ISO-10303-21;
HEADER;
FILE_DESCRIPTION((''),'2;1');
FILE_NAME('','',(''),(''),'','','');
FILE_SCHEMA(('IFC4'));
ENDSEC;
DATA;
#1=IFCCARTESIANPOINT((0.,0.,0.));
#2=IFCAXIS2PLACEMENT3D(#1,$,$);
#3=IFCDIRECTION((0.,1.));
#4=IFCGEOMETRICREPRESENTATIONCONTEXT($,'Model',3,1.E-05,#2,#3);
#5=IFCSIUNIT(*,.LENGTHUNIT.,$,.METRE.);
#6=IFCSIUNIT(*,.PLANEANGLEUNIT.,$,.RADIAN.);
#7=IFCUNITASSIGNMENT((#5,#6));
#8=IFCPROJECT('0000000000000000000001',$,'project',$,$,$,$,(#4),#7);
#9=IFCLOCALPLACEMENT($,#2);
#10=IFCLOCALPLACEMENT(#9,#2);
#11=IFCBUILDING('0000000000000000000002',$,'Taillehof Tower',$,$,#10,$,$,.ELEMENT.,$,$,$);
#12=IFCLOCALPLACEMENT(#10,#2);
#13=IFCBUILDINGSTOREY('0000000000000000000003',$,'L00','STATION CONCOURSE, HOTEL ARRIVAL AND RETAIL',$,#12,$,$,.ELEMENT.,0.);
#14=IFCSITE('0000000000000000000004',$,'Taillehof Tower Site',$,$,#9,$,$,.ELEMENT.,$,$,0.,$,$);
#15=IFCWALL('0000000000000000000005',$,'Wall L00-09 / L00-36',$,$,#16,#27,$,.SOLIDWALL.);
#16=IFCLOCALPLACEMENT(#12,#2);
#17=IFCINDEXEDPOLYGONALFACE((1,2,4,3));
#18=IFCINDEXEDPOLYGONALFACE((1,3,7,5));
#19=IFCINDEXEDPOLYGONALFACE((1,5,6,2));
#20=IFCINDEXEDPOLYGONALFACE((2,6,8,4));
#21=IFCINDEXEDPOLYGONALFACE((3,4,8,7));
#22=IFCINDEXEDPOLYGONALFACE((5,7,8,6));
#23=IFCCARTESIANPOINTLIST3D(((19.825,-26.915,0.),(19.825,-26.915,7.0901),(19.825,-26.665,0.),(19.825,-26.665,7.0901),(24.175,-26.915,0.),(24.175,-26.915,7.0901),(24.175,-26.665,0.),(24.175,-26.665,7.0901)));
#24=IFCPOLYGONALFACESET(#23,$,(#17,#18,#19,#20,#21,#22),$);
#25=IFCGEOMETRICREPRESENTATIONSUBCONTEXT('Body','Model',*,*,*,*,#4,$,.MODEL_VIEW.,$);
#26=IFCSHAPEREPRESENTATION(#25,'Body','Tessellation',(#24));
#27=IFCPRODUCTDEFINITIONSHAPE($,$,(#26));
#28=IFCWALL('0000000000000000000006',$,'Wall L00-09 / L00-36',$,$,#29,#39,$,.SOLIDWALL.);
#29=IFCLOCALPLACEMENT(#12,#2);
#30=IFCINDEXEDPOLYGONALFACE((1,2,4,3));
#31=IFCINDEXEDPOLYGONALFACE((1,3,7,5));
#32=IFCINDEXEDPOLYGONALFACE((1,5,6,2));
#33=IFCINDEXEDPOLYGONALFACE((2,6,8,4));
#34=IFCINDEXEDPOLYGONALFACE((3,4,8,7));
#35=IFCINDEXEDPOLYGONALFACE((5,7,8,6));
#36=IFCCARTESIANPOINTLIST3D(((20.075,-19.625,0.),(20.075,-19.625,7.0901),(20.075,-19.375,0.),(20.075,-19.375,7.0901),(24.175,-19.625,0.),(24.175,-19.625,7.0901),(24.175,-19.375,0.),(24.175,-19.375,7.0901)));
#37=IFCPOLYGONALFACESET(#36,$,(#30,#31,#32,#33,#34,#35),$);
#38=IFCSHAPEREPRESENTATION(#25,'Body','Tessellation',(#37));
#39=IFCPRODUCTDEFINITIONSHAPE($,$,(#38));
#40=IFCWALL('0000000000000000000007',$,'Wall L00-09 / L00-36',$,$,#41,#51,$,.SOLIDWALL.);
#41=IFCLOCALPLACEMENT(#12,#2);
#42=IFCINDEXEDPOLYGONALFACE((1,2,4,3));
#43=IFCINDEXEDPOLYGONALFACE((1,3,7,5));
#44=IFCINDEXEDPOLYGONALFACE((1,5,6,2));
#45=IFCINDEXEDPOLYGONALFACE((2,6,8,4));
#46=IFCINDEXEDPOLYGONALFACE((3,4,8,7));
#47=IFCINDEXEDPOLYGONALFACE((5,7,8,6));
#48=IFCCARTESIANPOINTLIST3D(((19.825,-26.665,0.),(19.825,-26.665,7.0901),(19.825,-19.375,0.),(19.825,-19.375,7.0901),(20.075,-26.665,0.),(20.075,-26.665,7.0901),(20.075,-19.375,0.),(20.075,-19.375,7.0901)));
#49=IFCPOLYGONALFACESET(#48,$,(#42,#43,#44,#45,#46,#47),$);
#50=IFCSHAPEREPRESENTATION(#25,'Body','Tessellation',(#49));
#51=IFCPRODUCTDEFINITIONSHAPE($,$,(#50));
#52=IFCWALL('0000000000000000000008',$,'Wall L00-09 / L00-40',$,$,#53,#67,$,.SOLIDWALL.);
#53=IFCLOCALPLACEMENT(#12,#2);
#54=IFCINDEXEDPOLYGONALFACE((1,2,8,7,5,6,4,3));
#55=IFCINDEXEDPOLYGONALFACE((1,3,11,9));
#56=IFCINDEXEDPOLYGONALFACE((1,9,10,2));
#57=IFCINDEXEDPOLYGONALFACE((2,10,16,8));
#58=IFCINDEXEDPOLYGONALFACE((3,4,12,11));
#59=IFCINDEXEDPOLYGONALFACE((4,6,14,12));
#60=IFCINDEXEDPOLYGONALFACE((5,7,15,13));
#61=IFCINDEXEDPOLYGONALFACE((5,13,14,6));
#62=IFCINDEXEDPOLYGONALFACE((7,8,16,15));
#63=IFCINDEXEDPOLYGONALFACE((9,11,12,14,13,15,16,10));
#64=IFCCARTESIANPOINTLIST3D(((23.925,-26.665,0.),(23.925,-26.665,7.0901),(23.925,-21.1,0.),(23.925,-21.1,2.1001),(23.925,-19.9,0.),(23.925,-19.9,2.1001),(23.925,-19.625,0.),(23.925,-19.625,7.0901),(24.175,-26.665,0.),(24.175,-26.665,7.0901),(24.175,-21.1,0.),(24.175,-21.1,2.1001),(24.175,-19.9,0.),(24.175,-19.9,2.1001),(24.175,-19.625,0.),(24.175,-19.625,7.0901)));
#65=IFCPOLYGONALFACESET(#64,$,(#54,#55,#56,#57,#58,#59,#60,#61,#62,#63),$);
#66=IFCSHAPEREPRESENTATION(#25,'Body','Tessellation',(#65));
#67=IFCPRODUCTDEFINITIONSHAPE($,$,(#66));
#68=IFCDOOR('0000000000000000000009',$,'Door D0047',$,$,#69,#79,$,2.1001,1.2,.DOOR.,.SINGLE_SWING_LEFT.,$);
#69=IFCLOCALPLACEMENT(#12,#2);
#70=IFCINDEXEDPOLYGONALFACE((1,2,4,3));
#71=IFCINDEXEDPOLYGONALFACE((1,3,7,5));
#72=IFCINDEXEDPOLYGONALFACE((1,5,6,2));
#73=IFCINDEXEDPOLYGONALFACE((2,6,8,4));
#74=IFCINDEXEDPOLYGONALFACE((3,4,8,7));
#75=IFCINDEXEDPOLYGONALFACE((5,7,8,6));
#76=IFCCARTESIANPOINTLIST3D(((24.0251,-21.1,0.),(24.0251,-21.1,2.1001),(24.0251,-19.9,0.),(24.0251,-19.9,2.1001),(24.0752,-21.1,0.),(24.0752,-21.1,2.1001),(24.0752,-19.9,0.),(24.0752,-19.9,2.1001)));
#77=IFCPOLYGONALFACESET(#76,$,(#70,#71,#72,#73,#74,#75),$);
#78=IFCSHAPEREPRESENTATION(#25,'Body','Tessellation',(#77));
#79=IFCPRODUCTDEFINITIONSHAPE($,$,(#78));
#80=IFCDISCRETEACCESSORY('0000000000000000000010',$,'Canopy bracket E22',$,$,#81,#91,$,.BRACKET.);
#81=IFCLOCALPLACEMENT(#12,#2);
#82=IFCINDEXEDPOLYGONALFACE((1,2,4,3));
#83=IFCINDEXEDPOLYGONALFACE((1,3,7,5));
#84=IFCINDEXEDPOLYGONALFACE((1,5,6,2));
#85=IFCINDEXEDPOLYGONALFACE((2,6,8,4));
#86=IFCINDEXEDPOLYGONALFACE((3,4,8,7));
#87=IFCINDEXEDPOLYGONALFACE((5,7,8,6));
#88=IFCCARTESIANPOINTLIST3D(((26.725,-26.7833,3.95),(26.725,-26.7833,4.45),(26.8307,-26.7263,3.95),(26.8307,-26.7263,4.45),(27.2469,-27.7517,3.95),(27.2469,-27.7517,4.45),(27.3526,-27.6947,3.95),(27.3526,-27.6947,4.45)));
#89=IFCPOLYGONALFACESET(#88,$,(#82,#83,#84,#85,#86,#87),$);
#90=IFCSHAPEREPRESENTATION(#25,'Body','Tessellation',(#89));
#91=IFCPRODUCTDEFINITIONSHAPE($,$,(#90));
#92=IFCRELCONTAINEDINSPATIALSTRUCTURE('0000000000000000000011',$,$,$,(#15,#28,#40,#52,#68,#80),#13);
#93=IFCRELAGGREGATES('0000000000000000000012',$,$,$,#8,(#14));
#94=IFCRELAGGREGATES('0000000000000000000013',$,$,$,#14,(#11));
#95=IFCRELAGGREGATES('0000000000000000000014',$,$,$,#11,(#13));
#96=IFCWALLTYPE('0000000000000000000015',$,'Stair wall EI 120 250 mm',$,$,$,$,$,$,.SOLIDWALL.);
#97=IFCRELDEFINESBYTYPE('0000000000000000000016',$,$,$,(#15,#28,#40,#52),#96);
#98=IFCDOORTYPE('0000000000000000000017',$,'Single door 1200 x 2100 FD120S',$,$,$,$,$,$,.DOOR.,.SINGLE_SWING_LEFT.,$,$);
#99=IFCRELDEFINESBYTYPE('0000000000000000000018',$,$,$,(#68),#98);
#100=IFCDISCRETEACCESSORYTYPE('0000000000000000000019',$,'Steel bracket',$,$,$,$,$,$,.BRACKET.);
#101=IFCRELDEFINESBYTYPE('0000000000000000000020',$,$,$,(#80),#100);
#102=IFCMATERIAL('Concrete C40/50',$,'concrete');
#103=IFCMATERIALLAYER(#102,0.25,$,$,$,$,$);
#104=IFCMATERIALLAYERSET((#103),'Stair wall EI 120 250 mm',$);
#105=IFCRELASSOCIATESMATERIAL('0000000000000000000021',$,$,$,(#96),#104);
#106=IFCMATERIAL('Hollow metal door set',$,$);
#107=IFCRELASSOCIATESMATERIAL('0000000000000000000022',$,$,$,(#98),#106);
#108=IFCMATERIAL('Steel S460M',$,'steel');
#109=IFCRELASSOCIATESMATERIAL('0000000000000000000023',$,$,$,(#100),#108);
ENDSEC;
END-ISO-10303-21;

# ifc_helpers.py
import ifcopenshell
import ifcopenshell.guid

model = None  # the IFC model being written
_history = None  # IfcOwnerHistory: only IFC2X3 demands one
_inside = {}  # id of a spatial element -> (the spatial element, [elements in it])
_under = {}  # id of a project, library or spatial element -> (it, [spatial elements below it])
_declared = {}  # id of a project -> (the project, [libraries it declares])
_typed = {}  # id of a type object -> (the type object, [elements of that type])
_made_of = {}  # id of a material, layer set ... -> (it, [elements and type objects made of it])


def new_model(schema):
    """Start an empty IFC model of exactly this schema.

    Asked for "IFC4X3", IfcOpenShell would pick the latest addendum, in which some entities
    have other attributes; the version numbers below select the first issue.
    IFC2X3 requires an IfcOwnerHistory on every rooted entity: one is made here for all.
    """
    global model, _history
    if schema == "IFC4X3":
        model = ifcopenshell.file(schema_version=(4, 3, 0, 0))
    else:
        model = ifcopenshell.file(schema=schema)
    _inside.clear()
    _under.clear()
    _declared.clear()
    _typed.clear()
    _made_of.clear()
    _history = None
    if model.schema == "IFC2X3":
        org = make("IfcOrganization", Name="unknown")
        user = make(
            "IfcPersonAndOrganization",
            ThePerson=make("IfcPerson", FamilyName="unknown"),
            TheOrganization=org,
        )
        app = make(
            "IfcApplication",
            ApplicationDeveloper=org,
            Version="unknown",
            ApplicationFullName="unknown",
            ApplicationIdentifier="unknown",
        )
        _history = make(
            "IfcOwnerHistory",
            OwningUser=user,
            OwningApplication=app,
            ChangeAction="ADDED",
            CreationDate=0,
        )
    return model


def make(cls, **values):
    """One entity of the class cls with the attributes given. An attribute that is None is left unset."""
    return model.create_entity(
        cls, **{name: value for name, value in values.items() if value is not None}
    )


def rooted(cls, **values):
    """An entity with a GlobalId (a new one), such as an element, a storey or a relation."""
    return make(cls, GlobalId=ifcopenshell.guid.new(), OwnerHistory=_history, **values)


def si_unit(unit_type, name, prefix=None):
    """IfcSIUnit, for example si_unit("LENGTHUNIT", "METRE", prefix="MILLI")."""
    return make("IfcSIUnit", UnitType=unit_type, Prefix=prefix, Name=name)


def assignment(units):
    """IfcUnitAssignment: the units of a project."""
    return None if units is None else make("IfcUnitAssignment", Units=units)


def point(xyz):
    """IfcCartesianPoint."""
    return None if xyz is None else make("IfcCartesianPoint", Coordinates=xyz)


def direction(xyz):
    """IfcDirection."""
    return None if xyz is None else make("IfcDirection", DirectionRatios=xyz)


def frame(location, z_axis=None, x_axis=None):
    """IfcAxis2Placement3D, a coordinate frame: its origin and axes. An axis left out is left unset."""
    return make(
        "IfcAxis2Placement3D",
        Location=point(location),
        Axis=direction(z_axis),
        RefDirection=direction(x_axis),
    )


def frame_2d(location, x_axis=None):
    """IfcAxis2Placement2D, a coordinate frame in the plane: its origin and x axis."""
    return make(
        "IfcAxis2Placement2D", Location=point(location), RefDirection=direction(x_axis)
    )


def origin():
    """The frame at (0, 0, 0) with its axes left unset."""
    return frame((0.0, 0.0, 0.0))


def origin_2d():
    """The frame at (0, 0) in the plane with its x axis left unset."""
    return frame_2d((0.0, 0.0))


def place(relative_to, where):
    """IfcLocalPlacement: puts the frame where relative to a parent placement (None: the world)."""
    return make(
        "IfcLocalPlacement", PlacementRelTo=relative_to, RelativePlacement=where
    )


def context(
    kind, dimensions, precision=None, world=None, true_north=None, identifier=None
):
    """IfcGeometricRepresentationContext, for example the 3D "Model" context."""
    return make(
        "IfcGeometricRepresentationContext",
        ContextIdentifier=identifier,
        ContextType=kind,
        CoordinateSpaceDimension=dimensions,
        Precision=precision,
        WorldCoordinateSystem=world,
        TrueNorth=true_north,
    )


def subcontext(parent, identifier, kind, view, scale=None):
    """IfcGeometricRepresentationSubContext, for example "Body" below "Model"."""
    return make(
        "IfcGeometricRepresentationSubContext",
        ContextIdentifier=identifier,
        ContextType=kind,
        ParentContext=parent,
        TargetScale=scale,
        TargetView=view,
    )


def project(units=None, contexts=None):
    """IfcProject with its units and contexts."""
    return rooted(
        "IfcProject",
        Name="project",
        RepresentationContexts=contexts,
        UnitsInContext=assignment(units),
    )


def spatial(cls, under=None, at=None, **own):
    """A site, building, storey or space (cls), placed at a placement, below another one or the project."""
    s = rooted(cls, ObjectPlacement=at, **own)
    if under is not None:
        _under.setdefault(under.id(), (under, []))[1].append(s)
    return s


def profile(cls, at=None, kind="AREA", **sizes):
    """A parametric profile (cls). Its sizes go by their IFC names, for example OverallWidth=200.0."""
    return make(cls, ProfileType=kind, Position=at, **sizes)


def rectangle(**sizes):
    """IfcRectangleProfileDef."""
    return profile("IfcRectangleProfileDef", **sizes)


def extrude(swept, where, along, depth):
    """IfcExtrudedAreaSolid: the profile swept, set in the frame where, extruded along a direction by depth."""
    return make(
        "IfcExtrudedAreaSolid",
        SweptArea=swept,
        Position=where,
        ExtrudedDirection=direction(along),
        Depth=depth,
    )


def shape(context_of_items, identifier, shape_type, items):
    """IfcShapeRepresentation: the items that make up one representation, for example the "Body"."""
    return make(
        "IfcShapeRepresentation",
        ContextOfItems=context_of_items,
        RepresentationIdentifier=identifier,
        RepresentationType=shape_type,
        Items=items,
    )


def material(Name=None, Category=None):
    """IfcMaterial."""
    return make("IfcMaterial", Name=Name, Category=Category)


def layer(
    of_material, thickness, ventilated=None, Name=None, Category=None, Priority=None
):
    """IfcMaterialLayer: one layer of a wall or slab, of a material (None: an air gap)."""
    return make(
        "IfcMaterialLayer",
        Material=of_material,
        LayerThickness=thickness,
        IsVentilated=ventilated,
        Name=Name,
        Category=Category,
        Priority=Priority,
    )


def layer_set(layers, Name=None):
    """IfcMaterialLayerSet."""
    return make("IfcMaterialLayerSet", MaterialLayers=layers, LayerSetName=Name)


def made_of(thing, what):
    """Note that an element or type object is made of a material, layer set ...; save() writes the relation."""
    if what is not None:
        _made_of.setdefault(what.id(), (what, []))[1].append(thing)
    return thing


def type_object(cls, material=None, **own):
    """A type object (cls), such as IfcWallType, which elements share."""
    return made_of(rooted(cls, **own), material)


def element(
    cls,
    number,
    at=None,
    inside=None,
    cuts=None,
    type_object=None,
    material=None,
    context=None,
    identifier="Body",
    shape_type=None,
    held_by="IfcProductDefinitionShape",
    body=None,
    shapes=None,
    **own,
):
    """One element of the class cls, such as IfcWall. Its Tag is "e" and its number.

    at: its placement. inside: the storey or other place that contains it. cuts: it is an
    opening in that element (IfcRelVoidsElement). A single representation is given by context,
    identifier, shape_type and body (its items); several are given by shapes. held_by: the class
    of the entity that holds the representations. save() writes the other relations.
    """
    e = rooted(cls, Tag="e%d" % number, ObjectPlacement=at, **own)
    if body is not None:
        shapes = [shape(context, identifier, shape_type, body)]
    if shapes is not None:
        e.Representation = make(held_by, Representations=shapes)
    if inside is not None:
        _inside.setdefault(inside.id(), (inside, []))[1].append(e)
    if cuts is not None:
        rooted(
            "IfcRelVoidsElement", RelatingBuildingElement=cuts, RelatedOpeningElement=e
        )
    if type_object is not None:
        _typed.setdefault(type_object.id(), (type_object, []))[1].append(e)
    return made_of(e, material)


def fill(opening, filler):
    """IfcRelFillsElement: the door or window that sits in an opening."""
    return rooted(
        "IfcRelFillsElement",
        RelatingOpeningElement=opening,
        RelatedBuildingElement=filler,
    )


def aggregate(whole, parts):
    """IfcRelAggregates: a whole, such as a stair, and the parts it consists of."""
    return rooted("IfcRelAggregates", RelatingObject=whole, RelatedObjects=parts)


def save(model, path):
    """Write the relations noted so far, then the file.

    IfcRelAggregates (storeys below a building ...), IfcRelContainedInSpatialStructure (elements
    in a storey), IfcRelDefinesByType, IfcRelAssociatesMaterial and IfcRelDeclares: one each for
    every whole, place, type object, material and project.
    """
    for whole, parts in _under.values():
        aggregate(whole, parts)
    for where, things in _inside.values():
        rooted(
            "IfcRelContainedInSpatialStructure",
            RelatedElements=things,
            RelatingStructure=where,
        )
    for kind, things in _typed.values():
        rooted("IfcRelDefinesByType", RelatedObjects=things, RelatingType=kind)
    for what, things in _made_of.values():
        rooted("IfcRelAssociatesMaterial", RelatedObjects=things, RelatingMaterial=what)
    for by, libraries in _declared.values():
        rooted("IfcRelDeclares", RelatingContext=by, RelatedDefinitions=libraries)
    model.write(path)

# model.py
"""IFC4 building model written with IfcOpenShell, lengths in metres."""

from ifc_helpers import new_model, si_unit, direction, frame, frame_2d, origin, origin_2d, place, context, subcontext, project, spatial, rectangle, extrude, material, layer, layer_set, type_object, element, fill, save


model = new_model("IFC4")

# Units and contexts
model_context = context("Model", 3, precision=1e-05, world=origin(), true_north=direction((0.0, 1.0)))
body_context = subcontext(model_context, "Body", "Model", "MODEL_VIEW")
ifc_project = project(units=[si_unit("LENGTHUNIT", "METRE"), si_unit("PLANEANGLEUNIT", "RADIAN")], contexts=[model_context])

# Site, building, storey
site_placement = place(None, origin())
site = spatial("IfcSite", under=ifc_project, at=site_placement, Name="Taillehof Tower Site", CompositionType="ELEMENT", RefElevation=0.0)
building_placement = place(site_placement, origin())
building = spatial("IfcBuilding", under=site, at=building_placement, Name="Taillehof Tower", CompositionType="ELEMENT")
storey_placement = place(building_placement, origin())
storey = spatial("IfcBuildingStorey", under=building, at=storey_placement, Name="L00", Description="STATION CONCOURSE, HOTEL ARRIVAL AND RETAIL", CompositionType="ELEMENT", Elevation=0.0)

# Walls
ifc_material_1 = material(Name="Concrete C40/50", Category="concrete")
ifc_layer_1 = layer(ifc_material_1, 0.25)
ifc_layer_set_1 = layer_set([ifc_layer_1], Name="Stair wall EI 120 250 mm")
wall_type_1 = type_object("IfcWallType", Name="Stair wall EI 120 250 mm", PredefinedType="SOLIDWALL", material=ifc_layer_set_1)
wall_1_placement = place(storey_placement, frame((19.825, -26.79, 0.0), z_axis=(0.0, 0.0, 1.0), x_axis=(1.0, 0.0, 0.0)))
element("IfcWall", 1, at=wall_1_placement, inside=storey, type_object=wall_type_1, Name="Wall L00-09 / L00-36", PredefinedType="SOLIDWALL", context=body_context, shape_type="SweptSolid", body=[
    extrude(rectangle(XDim=4.3501, YDim=0.25, at=frame_2d((2.175, 0.0))), origin(), (0.0, 0.0, 1.0), 7.0901),
])
wall_2_placement = place(storey_placement, frame((20.075, -19.5, 0.0), z_axis=(0.0, 0.0, 1.0), x_axis=(1.0, 0.0, 0.0)))
element("IfcWall", 2, at=wall_2_placement, inside=storey, type_object=wall_type_1, Name="Wall L00-09 / L00-36", PredefinedType="SOLIDWALL", context=body_context, shape_type="SweptSolid", body=[
    extrude(rectangle(XDim=4.1001, YDim=0.25, at=frame_2d((2.05, 0.0))), origin(), (0.0, 0.0, 1.0), 7.0901),
])
wall_3_placement = place(storey_placement, frame((19.95, -26.665, 0.0), z_axis=(0.0, 0.0, 1.0), x_axis=(0.0, 1.0, 0.0)))
element("IfcWall", 3, at=wall_3_placement, inside=storey, type_object=wall_type_1, Name="Wall L00-09 / L00-36", PredefinedType="SOLIDWALL", context=body_context, shape_type="SweptSolid", body=[
    extrude(rectangle(XDim=7.29, YDim=0.25, at=frame_2d((3.645, 0.0))), origin(), (0.0, 0.0, 1.0), 7.0901),
])

# Wall, opening, door
wall_4_placement = place(storey_placement, frame((24.05, -26.665, 0.0), z_axis=(0.0, 0.0, 1.0), x_axis=(0.0, 1.0, 0.0)))
wall_4 = element("IfcWall", 4, at=wall_4_placement, inside=storey, type_object=wall_type_1, Name="Wall L00-09 / L00-40", PredefinedType="SOLIDWALL", context=body_context, shape_type="SweptSolid", body=[
    extrude(rectangle(XDim=7.04, YDim=0.25, at=frame_2d((3.52, 0.0))), origin(), (0.0, 0.0, 1.0), 7.0901),
])
opening_1_placement = place(wall_4_placement, frame((5.5649, 0.0, 0.0)))
opening_1 = element("IfcOpeningElement", 5, at=opening_1_placement, cuts=wall_4, PredefinedType="OPENING", context=body_context, shape_type="SweptSolid", body=[
    extrude(rectangle(XDim=1.2, YDim=2.1001, at=frame_2d((0.6001, 1.05))), frame((0.0, 0.135, 0.0), z_axis=(0.0, -1.0, 0.0), x_axis=(1.0, 0.0, 0.0)), (0.0, 0.0, 1.0), 0.27),
])
ifc_material_2 = material(Name="Hollow metal door set")
door_type_1 = type_object("IfcDoorType", Name="Single door 1200 x 2100 FD120S", OperationType="SINGLE_SWING_LEFT", PredefinedType="DOOR", material=ifc_material_2)
door_1_placement = place(opening_1_placement, origin())
door_1 = element("IfcDoor", 6, at=door_1_placement, inside=storey, type_object=door_type_1, Name="Door D0047", OperationType="SINGLE_SWING_LEFT", OverallHeight=2.1001, OverallWidth=1.2, PredefinedType="DOOR", context=body_context, shape_type="SweptSolid", body=[
    extrude(rectangle(XDim=1.2, YDim=2.1001, at=frame_2d((0.6001, 1.05))), frame((0.0, 0.0249, 0.0), z_axis=(0.0, -1.0, 0.0), x_axis=(1.0, 0.0, 0.0)), (0.0, 0.0, 1.0), 0.05),
])
fill(opening_1, door_1)

# Discrete accessory
ifc_material_3 = material(Name="Steel S460M", Category="steel")
discrete_accessory_type = type_object("IfcDiscreteAccessoryType", Name="Steel bracket", PredefinedType="BRACKET", material=ifc_material_3)
discrete_accessory_placement = place(storey_placement, frame((27.0388, -27.239, 3.95), z_axis=(0.0, 0.0, 1.0), x_axis=(0.474415, -0.880301, 0.0)))
element("IfcDiscreteAccessory", 7, at=discrete_accessory_placement, inside=storey, type_object=discrete_accessory_type, Name="Canopy bracket E22", PredefinedType="BRACKET", context=body_context, shape_type="SweptSolid", body=[
    extrude(rectangle(XDim=1.1001, YDim=0.1201, at=origin_2d()), origin(), (0.0, 0.0, 1.0), 0.5),
])

save(model, "model.ifc")
